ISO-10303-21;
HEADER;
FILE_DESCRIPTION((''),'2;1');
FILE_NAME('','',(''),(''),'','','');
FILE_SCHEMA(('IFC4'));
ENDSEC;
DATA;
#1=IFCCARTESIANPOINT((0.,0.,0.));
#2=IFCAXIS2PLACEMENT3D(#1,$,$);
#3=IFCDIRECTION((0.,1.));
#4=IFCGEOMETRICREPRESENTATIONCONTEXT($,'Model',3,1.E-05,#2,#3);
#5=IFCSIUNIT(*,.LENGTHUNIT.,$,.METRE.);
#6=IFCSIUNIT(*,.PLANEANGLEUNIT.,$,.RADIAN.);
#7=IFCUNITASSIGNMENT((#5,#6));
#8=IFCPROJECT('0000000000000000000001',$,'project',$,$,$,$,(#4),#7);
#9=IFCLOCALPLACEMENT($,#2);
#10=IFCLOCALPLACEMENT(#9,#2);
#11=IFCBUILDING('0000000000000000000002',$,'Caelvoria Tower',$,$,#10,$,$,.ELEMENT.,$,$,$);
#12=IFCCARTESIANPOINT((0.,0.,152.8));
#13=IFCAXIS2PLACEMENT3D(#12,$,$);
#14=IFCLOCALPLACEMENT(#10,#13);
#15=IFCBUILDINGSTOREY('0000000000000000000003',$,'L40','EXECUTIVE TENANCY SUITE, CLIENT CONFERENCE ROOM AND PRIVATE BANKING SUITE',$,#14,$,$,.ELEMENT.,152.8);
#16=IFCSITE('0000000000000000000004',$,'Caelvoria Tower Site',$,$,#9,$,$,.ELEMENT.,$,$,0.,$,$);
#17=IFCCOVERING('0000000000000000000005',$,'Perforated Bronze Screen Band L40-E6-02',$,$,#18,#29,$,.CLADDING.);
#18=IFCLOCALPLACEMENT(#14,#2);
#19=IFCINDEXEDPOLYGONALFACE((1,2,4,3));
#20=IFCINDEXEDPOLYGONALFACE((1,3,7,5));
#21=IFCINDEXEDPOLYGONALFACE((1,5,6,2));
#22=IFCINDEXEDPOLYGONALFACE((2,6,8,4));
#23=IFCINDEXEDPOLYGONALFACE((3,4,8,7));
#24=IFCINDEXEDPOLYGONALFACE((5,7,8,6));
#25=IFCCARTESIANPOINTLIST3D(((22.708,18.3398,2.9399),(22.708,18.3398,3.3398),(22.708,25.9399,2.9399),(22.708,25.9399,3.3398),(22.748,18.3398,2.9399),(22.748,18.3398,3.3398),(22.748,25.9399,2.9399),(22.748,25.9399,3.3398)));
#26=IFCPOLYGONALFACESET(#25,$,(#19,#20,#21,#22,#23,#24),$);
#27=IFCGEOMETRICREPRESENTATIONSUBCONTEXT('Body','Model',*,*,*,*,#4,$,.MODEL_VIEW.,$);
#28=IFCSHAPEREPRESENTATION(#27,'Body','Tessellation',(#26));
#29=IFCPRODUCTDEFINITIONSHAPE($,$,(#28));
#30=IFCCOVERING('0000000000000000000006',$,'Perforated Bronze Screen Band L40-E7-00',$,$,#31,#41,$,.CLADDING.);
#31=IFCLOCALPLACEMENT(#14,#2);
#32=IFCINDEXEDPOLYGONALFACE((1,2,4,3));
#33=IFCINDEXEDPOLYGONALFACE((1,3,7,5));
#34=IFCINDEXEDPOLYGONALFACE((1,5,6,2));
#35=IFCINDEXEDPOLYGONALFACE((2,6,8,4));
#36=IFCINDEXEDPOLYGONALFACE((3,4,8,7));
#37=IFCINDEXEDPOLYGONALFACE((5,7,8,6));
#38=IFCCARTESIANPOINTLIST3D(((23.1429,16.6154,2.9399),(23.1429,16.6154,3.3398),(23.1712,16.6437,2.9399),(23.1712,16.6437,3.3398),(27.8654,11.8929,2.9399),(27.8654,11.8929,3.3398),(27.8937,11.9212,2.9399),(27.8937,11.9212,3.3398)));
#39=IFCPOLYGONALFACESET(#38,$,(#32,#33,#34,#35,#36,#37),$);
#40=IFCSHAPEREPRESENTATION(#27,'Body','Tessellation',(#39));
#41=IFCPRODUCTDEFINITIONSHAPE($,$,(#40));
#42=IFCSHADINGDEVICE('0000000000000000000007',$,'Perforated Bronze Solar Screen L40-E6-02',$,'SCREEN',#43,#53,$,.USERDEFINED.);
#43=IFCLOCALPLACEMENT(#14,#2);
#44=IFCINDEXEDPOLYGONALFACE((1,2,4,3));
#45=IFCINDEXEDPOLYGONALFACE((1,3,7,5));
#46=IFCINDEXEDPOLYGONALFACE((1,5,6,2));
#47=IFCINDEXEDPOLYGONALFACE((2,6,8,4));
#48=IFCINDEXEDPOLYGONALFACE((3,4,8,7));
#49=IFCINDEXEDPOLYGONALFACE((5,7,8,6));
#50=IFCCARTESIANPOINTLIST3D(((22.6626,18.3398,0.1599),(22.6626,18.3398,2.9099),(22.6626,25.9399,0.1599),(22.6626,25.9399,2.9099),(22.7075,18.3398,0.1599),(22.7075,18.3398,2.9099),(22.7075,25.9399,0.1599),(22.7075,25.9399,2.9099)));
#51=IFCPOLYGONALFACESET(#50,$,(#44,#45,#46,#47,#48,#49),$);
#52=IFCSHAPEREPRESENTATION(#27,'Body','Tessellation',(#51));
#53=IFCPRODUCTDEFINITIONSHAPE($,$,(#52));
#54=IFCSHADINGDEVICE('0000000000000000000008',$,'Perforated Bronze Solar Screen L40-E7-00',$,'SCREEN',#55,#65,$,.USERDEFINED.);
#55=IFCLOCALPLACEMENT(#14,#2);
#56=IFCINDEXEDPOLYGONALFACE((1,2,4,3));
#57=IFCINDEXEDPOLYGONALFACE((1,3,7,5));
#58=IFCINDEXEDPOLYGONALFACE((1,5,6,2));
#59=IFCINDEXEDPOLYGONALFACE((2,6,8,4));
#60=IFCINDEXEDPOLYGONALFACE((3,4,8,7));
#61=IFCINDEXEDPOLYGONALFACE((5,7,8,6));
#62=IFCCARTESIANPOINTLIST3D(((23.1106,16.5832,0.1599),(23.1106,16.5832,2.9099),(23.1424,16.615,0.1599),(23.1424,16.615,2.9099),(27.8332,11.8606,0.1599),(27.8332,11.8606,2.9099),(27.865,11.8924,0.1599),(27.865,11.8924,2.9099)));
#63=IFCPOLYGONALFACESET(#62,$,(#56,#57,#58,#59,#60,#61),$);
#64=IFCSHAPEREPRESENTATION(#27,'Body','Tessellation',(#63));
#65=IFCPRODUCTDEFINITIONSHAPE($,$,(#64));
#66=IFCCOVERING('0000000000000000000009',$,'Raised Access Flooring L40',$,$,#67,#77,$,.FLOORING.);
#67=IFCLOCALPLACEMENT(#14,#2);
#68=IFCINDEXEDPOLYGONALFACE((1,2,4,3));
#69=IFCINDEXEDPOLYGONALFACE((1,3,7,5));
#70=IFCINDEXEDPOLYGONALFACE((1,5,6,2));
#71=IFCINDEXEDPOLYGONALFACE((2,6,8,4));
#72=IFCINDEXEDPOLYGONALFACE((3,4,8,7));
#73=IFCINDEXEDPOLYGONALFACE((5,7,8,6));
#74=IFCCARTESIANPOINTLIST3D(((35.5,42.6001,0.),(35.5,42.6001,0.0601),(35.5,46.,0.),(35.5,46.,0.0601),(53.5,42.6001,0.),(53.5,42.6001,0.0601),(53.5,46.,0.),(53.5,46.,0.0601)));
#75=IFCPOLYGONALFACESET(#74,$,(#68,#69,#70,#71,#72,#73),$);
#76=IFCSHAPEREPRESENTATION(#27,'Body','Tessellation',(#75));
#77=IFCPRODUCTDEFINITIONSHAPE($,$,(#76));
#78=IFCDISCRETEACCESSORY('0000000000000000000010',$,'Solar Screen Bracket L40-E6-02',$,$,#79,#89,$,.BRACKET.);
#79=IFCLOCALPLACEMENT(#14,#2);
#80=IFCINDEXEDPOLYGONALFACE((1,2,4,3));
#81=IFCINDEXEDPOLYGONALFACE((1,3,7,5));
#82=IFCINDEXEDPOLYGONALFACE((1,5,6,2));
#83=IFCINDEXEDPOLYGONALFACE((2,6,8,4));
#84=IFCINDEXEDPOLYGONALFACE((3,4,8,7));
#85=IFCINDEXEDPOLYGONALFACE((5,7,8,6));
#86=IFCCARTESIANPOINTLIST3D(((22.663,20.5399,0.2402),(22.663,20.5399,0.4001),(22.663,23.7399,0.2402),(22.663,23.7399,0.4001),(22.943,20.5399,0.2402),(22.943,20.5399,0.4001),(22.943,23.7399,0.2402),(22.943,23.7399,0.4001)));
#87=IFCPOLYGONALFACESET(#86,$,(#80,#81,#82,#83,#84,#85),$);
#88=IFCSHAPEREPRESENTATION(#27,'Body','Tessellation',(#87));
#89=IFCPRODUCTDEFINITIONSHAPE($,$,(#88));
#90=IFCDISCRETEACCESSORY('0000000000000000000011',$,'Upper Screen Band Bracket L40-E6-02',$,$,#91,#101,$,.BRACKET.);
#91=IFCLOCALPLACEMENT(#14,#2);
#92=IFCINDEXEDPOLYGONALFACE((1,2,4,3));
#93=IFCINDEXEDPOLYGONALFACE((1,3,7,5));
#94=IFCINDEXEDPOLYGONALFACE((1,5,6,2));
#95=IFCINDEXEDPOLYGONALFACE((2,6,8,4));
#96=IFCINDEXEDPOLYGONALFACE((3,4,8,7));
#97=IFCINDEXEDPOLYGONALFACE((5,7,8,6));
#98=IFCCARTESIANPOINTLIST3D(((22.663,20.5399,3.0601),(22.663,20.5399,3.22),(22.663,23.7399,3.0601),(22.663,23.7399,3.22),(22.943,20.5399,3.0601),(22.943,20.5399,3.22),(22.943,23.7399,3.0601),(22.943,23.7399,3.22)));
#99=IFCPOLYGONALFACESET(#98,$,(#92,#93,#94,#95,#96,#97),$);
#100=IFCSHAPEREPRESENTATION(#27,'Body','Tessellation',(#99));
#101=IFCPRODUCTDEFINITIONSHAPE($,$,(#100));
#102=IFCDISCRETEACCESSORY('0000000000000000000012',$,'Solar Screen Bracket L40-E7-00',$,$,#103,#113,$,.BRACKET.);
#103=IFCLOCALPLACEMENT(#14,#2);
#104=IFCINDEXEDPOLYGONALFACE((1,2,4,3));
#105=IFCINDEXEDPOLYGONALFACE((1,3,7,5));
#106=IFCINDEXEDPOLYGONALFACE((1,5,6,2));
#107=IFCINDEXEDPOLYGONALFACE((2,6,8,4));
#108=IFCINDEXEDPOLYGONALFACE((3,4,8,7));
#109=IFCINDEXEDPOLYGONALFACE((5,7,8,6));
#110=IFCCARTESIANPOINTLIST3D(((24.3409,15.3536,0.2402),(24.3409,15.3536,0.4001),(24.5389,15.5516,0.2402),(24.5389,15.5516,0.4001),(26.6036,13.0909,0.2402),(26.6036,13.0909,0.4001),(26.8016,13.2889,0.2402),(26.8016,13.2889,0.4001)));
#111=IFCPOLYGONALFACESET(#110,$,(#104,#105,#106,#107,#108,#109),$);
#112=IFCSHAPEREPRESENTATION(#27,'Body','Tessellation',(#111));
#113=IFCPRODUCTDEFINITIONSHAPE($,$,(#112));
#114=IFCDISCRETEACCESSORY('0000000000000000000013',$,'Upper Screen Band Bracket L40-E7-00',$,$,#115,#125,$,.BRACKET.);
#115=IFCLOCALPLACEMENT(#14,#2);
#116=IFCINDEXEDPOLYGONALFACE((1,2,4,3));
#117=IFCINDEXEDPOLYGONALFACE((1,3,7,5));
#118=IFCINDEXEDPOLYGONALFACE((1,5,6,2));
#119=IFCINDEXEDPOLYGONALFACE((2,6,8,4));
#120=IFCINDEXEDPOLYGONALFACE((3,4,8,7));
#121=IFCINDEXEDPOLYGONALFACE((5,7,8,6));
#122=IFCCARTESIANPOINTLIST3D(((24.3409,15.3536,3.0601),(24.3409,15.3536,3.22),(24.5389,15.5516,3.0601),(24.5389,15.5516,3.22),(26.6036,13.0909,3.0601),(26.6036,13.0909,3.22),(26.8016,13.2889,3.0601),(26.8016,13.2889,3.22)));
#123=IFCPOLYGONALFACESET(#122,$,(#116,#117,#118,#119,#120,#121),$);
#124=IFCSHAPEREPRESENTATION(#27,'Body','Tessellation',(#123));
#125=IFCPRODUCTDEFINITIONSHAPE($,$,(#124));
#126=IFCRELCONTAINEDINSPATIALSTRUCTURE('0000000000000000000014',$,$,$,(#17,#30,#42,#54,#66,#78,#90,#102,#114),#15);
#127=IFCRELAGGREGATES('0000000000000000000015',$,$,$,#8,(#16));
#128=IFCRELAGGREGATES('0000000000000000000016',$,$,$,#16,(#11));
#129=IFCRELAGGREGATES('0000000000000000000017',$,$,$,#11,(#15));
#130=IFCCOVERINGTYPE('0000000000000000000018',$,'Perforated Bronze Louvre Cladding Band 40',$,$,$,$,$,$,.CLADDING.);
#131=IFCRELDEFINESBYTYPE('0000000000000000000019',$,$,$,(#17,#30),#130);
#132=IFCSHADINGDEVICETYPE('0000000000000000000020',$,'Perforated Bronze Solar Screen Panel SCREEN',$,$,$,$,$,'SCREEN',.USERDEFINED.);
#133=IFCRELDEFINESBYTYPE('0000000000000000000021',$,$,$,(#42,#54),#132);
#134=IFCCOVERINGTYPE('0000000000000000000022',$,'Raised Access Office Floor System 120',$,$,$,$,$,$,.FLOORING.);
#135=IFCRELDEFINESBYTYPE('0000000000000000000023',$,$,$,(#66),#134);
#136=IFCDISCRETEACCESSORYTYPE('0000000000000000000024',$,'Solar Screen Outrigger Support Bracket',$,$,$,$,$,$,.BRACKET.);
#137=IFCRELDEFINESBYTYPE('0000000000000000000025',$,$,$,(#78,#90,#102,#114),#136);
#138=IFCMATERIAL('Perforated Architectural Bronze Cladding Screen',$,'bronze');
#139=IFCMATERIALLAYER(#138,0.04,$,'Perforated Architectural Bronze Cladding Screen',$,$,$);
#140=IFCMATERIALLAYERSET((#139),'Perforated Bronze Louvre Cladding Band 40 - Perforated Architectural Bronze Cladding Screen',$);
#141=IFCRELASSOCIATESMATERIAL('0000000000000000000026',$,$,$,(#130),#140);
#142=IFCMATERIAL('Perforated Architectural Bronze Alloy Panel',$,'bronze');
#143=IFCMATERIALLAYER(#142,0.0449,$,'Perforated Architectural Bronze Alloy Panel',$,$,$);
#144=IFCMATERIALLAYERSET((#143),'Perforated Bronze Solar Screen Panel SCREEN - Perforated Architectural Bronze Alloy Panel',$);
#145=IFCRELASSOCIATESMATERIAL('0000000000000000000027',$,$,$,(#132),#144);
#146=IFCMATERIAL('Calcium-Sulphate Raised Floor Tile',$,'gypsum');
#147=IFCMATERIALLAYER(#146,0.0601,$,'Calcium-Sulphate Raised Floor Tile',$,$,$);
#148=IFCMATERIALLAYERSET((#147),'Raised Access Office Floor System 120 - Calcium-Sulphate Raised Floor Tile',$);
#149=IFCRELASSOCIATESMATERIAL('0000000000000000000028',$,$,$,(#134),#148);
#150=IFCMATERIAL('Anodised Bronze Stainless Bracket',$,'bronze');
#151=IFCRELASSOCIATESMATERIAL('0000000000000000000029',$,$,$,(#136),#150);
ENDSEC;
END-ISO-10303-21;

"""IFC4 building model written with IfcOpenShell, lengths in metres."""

from ifc_helpers import new_model, si_unit, direction, frame, origin, origin_2d, place, context, subcontext, project, spatial, polyline, rectangle, outline, extrude, material, layer, layer_set, type_object, element, save


model = new_model("IFC4")

# Units and contexts
model_context = context("Model", 3, precision=1e-05, world=origin(), true_north=direction((0.0, 1.0)))
body_context = subcontext(model_context, "Body", "Model", "MODEL_VIEW")
ifc_project = project(units=[si_unit("LENGTHUNIT", "METRE"), si_unit("PLANEANGLEUNIT", "RADIAN")], contexts=[model_context])

# Site, building, storey
site_placement = place(None, origin())
site = spatial("IfcSite", under=ifc_project, at=site_placement, Name="Caelvoria Tower Site", CompositionType="ELEMENT", RefElevation=0.0)
building_placement = place(site_placement, origin())
building = spatial("IfcBuilding", under=site, at=building_placement, Name="Caelvoria Tower", CompositionType="ELEMENT")
storey_placement = place(building_placement, frame((0.0, 0.0, 152.8)))
storey = spatial("IfcBuildingStorey", under=building, at=storey_placement, Name="L40", Description="EXECUTIVE TENANCY SUITE, CLIENT CONFERENCE ROOM AND PRIVATE BANKING SUITE", CompositionType="ELEMENT", Elevation=152.8)

# Coverings
ifc_material_1 = material(Name="Perforated Architectural Bronze Cladding Screen", Category="bronze")
ifc_layer_1 = layer(ifc_material_1, 0.04, Name="Perforated Architectural Bronze Cladding Screen")
ifc_layer_set_1 = layer_set([ifc_layer_1], Name="Perforated Bronze Louvre Cladding Band 40 - Perforated Architectural Bronze Cladding Screen")
covering_type_1 = type_object("IfcCoveringType", Name="Perforated Bronze Louvre Cladding Band 40", PredefinedType="CLADDING", material=ifc_layer_set_1)
covering_1_placement = place(storey_placement, frame((22.728, 22.1399, 2.9399), z_axis=(0.0, 0.0, 1.0), x_axis=(0.0, -1.0, 0.0)))
element("IfcCovering", 1, at=covering_1_placement, inside=storey, type_object=covering_type_1, Name="Perforated Bronze Screen Band L40-E6-02", PredefinedType="CLADDING", context=body_context, shape_type="SweptSolid", body=[
    extrude(rectangle(XDim=7.6001, YDim=0.04, at=origin_2d()), origin(), (0.0, 0.0, 1.0), 0.3999),
])
covering_2_placement = place(storey_placement, frame((25.5183, 14.2683, 2.9399), z_axis=(0.0, 0.0, 1.0), x_axis=(0.707107, -0.707107, 0.0)))
element("IfcCovering", 2, at=covering_2_placement, inside=storey, type_object=covering_type_1, Name="Perforated Bronze Screen Band L40-E7-00", PredefinedType="CLADDING", context=body_context, shape_type="SweptSolid", body=[
    extrude(rectangle(XDim=6.6787, YDim=0.04, at=origin_2d()), origin(), (0.0, 0.0, 1.0), 0.3999),
])

# Shading devices
ifc_material_2 = material(Name="Perforated Architectural Bronze Alloy Panel", Category="bronze")
ifc_layer_2 = layer(ifc_material_2, 0.0449, Name="Perforated Architectural Bronze Alloy Panel")
ifc_layer_set_2 = layer_set([ifc_layer_2], Name="Perforated Bronze Solar Screen Panel SCREEN - Perforated Architectural Bronze Alloy Panel")
shading_device_type = type_object("IfcShadingDeviceType", Name="Perforated Bronze Solar Screen Panel SCREEN", ElementType="SCREEN", PredefinedType="USERDEFINED", material=ifc_layer_set_2)
shading_device_1_placement = place(storey_placement, frame((22.6851, 22.1399, 0.1599), z_axis=(0.0, 0.0, 1.0), x_axis=(0.0, -1.0, 0.0)))
element("IfcShadingDevice", 3, at=shading_device_1_placement, inside=storey, type_object=shading_device_type, Name="Perforated Bronze Solar Screen L40-E6-02", ObjectType="SCREEN", PredefinedType="USERDEFINED", context=body_context, shape_type="SweptSolid", body=[
    extrude(rectangle(XDim=7.6001, YDim=0.0449, at=origin_2d()), origin(), (0.0, 0.0, 1.0), 2.75),
])
shading_device_2_placement = place(storey_placement, frame((25.4878, 14.2378, 0.1599), z_axis=(0.0, 0.0, 1.0), x_axis=(0.707107, -0.707107, 0.0)))
element("IfcShadingDevice", 4, at=shading_device_2_placement, inside=storey, type_object=shading_device_type, Name="Perforated Bronze Solar Screen L40-E7-00", ObjectType="SCREEN", PredefinedType="USERDEFINED", context=body_context, shape_type="SweptSolid", body=[
    extrude(rectangle(XDim=6.6787, YDim=0.0449, at=origin_2d()), origin(), (0.0, 0.0, 1.0), 2.75),
])

# Covering
ifc_material_3 = material(Name="Calcium-Sulphate Raised Floor Tile", Category="gypsum")
ifc_layer_3 = layer(ifc_material_3, 0.0601, Name="Calcium-Sulphate Raised Floor Tile")
ifc_layer_set_3 = layer_set([ifc_layer_3], Name="Raised Access Office Floor System 120 - Calcium-Sulphate Raised Floor Tile")
covering_type_2 = type_object("IfcCoveringType", Name="Raised Access Office Floor System 120", PredefinedType="FLOORING", material=ifc_layer_set_3)
covering_3_placement = place(storey_placement, origin())
element("IfcCovering", 5, at=covering_3_placement, inside=storey, type_object=covering_type_2, Name="Raised Access Flooring L40", PredefinedType="FLOORING", context=body_context, shape_type="SweptSolid", body=[
    extrude(outline(polyline([(35.5, 42.6001), (53.5, 42.6001), (53.5, 46.0), (35.5, 46.0), (35.5, 42.6001)])), origin(), (0.0, 0.0, 1.0), 0.0601),
])

# Discrete accessories
ifc_material_4 = material(Name="Anodised Bronze Stainless Bracket", Category="bronze")
discrete_accessory_type = type_object("IfcDiscreteAccessoryType", Name="Solar Screen Outrigger Support Bracket", PredefinedType="BRACKET", material=ifc_material_4)
for number, where, z_axis, x_axis, name in (
    (6, (22.803, 22.1399, 0.2402), (0.0, 0.0, 1.0), (0.0, -1.0, 0.0), "Solar Screen Bracket L40-E6-02"),
    (7, (22.803, 22.1399, 3.0601), (0.0, 0.0, 1.0), (0.0, -1.0, 0.0), "Upper Screen Band Bracket L40-E6-02"),
    (8, (25.5713, 14.3213, 0.2402), (0.0, 0.0, 1.0), (0.707107, -0.707107, 0.0), "Solar Screen Bracket L40-E7-00"),
    (9, (25.5713, 14.3213, 3.0601), (0.0, 0.0, 1.0), (0.707107, -0.707107, 0.0), "Upper Screen Band Bracket L40-E7-00"),
):
    element("IfcDiscreteAccessory", number, at=place(storey_placement, frame(where, z_axis=z_axis, x_axis=x_axis)), inside=storey, type_object=discrete_accessory_type, Name=name, PredefinedType="BRACKET", context=body_context, shape_type="SweptSolid", body=[
        extrude(rectangle(XDim=3.2, YDim=0.28, at=origin_2d()), origin(), (0.0, 0.0, 1.0), 0.1599),
    ])

save(model, "model.ifc")
